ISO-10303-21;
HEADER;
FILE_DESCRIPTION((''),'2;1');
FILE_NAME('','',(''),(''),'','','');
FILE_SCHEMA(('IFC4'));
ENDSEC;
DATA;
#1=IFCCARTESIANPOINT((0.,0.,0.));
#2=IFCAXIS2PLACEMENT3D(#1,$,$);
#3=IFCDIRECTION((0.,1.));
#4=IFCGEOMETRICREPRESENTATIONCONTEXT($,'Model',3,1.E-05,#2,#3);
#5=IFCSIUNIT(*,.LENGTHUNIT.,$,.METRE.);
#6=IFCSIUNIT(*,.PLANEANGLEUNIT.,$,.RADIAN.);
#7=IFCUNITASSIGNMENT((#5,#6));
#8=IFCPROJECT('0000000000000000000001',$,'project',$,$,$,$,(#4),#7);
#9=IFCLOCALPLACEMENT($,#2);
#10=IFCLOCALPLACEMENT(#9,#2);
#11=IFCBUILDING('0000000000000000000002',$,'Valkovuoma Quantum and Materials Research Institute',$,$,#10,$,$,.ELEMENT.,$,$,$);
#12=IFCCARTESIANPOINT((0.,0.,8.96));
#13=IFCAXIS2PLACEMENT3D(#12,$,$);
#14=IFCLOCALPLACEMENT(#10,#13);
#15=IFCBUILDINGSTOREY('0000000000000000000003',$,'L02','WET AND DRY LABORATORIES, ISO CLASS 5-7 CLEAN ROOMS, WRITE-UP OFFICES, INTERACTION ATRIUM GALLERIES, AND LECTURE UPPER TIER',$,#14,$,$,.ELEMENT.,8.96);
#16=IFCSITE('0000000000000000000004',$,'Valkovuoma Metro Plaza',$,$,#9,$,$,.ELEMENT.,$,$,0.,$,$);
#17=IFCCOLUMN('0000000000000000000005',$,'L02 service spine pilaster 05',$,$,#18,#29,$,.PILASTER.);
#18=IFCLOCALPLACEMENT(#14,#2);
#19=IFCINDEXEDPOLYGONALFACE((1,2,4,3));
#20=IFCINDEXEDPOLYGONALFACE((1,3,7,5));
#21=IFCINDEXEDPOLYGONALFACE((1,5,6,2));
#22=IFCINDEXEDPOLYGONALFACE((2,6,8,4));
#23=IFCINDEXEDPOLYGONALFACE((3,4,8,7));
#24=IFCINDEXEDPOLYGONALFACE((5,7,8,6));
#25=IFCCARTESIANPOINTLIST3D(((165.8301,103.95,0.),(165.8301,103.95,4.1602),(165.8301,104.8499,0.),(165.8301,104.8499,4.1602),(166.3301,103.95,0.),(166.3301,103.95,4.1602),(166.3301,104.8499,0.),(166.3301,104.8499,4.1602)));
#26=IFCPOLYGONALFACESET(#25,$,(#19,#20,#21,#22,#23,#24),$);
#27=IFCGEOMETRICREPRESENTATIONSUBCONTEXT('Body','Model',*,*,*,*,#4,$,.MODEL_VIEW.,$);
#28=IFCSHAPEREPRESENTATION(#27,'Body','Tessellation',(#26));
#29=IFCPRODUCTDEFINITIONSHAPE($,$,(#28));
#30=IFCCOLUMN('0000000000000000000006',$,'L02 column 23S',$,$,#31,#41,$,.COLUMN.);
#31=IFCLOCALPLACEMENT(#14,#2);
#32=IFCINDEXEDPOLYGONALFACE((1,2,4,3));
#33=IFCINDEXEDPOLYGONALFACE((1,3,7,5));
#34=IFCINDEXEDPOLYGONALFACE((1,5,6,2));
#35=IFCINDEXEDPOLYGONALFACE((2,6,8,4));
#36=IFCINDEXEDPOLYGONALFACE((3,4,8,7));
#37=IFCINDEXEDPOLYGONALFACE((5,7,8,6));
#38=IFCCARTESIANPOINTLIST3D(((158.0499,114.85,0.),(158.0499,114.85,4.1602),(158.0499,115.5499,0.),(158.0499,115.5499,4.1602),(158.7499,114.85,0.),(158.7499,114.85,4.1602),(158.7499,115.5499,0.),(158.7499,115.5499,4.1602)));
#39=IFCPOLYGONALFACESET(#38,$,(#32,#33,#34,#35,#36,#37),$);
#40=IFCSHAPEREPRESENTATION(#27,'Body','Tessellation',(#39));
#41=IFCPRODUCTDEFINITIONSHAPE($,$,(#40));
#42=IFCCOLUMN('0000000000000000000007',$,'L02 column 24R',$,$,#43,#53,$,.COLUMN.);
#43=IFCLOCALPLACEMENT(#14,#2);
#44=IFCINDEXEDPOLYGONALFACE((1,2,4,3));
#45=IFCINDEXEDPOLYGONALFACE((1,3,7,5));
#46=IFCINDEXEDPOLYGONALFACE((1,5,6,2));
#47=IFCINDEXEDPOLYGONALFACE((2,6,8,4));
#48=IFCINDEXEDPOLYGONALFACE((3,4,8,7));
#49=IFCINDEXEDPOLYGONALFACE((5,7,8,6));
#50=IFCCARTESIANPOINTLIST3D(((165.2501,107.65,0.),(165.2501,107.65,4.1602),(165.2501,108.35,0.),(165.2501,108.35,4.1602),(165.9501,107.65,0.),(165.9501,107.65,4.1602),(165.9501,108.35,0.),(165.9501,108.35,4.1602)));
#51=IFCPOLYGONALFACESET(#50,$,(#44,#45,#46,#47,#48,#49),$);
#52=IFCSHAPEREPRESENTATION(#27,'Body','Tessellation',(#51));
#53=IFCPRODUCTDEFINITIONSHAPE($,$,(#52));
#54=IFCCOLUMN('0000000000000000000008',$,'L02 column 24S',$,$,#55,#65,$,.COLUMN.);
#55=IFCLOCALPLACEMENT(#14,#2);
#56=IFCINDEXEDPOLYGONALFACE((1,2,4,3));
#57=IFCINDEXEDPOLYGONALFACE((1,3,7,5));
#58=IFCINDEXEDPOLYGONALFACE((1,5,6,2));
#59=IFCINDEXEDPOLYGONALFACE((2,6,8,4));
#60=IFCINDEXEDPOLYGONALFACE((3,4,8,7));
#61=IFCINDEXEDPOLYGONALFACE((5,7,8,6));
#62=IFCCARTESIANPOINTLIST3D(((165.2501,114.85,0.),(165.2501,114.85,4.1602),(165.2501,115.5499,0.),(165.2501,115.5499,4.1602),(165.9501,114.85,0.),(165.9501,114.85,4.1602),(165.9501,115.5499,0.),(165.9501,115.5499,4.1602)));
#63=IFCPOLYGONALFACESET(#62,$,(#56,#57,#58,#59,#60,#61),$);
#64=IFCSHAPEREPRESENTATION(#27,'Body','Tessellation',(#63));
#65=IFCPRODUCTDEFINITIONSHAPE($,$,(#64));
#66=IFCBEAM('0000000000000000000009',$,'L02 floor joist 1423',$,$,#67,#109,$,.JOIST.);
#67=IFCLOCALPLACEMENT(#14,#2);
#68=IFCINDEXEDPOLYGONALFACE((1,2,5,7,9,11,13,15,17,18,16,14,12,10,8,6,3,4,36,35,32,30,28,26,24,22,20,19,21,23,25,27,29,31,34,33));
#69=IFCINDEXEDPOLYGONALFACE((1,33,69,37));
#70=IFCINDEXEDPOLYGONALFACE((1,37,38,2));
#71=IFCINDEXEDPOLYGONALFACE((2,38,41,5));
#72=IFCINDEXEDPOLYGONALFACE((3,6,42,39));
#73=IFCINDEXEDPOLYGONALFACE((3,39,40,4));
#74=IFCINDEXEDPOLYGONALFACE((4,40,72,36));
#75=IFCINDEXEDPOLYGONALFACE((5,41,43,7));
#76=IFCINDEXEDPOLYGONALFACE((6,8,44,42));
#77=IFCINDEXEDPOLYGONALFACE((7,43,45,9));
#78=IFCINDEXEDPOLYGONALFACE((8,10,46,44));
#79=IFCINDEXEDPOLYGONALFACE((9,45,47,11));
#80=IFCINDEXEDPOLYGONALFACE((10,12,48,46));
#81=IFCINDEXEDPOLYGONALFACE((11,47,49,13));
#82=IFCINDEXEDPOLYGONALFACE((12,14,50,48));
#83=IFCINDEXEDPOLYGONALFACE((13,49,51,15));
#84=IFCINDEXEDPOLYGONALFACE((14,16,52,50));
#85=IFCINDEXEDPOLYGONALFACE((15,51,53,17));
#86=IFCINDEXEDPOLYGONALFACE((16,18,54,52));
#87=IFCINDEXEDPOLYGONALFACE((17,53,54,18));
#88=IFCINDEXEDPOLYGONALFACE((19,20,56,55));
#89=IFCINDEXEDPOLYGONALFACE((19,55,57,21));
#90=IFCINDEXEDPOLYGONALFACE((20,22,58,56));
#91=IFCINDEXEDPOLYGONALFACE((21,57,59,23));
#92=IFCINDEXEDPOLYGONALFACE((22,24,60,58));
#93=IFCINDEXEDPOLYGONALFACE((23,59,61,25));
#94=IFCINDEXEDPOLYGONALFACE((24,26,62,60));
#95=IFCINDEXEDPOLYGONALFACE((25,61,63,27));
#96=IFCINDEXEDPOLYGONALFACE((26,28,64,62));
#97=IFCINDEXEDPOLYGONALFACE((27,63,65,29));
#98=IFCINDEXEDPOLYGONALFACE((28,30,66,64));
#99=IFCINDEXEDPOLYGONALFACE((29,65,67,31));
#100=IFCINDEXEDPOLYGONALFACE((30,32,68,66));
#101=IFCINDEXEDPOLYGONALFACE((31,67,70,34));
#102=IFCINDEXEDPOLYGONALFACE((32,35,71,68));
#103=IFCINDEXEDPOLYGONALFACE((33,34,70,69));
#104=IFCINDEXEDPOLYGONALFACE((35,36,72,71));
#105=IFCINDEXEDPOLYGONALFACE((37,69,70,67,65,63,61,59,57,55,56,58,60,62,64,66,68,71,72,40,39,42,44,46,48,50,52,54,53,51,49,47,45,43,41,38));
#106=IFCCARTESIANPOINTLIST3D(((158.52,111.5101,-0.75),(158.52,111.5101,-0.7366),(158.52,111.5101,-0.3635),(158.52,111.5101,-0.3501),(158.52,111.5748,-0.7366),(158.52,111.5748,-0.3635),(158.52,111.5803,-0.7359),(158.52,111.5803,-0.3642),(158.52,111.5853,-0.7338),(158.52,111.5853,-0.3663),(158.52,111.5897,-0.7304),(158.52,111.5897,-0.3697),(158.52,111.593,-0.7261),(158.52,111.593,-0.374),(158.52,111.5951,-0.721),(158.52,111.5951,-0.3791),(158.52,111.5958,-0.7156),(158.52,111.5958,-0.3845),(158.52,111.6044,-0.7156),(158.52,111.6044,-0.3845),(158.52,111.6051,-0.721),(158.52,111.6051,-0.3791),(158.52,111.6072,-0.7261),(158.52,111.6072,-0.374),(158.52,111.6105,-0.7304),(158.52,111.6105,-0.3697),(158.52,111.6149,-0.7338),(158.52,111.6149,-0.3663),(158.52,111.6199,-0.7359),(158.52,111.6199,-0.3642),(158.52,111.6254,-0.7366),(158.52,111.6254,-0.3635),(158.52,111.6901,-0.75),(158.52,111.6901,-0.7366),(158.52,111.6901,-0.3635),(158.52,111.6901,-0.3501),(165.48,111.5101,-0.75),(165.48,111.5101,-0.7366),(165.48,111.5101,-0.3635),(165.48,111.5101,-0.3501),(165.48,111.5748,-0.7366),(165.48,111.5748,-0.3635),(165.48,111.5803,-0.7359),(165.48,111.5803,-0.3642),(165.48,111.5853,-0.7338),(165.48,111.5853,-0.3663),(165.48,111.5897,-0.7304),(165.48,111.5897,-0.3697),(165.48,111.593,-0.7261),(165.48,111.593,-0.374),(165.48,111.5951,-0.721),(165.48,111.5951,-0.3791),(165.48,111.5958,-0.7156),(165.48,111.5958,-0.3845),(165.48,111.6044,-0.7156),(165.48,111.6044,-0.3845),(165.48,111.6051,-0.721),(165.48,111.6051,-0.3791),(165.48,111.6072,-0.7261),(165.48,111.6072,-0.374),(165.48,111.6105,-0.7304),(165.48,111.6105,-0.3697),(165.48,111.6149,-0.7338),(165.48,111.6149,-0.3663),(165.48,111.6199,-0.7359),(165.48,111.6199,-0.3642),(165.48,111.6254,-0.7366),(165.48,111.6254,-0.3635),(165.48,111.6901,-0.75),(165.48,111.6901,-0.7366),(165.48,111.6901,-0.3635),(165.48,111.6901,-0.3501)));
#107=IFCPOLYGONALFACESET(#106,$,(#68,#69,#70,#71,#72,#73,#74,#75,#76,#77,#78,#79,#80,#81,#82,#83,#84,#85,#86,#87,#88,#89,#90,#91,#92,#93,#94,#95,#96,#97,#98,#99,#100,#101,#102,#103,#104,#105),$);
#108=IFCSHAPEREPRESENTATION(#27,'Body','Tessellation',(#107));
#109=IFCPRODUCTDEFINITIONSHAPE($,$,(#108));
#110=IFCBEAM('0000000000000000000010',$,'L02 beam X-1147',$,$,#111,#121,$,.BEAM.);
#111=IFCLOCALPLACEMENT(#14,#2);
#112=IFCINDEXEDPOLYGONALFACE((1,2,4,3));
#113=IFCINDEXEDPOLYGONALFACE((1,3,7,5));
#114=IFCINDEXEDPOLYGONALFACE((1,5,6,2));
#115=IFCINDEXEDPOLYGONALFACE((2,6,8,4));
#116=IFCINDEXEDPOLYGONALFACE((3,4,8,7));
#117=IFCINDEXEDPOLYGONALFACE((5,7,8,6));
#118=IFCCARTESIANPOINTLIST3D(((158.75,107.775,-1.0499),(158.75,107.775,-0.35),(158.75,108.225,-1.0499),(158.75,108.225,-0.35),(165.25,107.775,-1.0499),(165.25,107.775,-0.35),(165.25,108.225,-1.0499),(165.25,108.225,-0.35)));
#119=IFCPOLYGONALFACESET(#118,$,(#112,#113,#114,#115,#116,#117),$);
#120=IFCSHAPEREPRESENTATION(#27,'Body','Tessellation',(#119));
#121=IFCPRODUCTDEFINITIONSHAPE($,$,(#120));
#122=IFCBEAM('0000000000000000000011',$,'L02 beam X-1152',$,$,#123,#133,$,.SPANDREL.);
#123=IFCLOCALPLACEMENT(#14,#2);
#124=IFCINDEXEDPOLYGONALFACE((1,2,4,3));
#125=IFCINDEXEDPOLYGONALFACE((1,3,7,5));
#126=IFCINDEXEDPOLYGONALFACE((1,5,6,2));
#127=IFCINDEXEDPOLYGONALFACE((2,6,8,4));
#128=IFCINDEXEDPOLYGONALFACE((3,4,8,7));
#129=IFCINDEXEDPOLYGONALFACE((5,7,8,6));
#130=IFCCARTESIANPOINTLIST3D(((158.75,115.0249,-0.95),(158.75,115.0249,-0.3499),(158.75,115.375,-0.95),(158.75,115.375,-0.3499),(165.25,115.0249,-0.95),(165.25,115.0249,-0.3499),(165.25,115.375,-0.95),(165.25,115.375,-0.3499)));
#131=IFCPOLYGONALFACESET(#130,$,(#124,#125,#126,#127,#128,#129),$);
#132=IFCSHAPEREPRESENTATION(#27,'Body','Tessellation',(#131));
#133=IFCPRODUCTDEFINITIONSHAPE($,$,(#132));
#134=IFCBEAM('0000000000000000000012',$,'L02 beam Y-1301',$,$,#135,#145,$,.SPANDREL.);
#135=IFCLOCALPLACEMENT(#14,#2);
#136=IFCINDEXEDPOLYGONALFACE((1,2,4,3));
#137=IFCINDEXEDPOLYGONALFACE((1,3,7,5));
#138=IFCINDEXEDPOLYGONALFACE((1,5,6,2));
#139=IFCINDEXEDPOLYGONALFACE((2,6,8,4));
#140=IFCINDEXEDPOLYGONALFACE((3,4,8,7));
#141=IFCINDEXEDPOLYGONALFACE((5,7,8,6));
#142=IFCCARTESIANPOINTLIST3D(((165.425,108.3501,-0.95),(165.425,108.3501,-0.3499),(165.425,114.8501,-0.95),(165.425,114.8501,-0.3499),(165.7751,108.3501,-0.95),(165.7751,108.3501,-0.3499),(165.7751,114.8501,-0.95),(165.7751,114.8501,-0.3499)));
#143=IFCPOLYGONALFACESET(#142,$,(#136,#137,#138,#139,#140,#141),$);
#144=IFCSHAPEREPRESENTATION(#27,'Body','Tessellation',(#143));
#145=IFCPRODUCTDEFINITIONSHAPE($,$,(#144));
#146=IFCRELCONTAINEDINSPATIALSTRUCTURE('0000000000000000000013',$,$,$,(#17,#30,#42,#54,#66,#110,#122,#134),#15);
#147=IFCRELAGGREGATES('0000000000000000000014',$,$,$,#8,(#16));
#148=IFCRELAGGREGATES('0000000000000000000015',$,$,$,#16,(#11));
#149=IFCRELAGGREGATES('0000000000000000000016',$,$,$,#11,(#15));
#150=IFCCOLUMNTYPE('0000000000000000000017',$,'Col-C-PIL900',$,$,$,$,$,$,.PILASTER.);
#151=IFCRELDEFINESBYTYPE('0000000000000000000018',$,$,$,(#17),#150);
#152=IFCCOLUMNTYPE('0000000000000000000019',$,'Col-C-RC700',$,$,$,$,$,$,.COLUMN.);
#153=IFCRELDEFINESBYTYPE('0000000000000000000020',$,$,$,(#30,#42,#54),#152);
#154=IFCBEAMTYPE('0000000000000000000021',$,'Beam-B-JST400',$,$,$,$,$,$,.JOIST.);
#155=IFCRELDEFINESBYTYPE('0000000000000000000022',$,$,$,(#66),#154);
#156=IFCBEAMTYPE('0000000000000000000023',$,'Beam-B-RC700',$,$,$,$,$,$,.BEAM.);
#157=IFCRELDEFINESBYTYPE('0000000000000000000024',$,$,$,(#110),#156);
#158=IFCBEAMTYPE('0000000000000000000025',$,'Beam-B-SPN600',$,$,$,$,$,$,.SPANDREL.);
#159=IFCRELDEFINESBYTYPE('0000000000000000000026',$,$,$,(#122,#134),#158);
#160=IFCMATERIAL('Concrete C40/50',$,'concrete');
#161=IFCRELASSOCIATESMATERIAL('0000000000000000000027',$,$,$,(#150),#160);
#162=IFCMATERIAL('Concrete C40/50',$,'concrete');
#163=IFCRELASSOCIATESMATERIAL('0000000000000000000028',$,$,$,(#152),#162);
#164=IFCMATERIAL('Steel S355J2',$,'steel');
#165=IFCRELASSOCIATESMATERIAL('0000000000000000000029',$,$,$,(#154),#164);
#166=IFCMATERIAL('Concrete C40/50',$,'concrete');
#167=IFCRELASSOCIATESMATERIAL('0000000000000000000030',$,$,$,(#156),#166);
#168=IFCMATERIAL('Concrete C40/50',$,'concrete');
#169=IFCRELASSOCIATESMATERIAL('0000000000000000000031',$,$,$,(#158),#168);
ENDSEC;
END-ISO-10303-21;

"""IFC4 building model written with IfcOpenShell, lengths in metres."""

from ifc_helpers import new_model, si_unit, direction, frame, origin, origin_2d, place, context, subcontext, project, spatial, rectangle, i_section, extrude, material, material_profile, profile_set, type_object, element, save


model = new_model("IFC4")

# Units and contexts
model_context = context("Model", 3, precision=1e-05, world=origin(), true_north=direction((0.0, 1.0)))
body_context = subcontext(model_context, "Body", "Model", "MODEL_VIEW")
ifc_project = project(units=[si_unit("LENGTHUNIT", "METRE"), si_unit("PLANEANGLEUNIT", "RADIAN")], contexts=[model_context])

# Site, building, storey
site_placement = place(None, origin())
site = spatial("IfcSite", under=ifc_project, at=site_placement, Name="Valkovuoma Metro Plaza", CompositionType="ELEMENT", RefElevation=0.0)
building_placement = place(site_placement, origin())
building = spatial("IfcBuilding", under=site, at=building_placement, Name="Valkovuoma Quantum and Materials Research Institute", CompositionType="ELEMENT")
storey_placement = place(building_placement, frame((0.0, 0.0, 8.96)))
storey = spatial("IfcBuildingStorey", under=building, at=storey_placement, Name="L02", Description="WET AND DRY LABORATORIES, ISO CLASS 5-7 CLEAN ROOMS, WRITE-UP OFFICES, INTERACTION ATRIUM GALLERIES, AND LECTURE UPPER TIER", CompositionType="ELEMENT", Elevation=8.96)

# Columns
ifc_material_1 = material(Name="Concrete C40/50", Category="concrete")
ifc_material_profile_1 = material_profile(ifc_material_1, rectangle(XDim=0.5, YDim=0.8999, at=origin_2d()), Name="Concrete C40/50")
ifc_profile_set_1 = profile_set([ifc_material_profile_1], Name="Concrete C40/50")
column_type_1 = type_object("IfcColumnType", Name="Col-C-PIL900", PredefinedType="PILASTER", material=ifc_profile_set_1)
column_placement = place(storey_placement, frame((166.0801, 104.3999, 0.0), z_axis=(0.0, 0.0, 1.0), x_axis=(1.0, 0.0, 0.0)))
element("IfcColumn", 1, at=column_placement, inside=storey, type_object=column_type_1, Name="L02 service spine pilaster 05", PredefinedType="PILASTER", context=body_context, shape_type="SweptSolid", body=[
    extrude(rectangle(XDim=0.5, YDim=0.8999, at=origin_2d()), origin(), (0.0, 0.0, 1.0), 4.1602),
])
ifc_material_2 = material(Name="Concrete C40/50", Category="concrete")
ifc_material_profile_2 = material_profile(ifc_material_2, rectangle(XDim=0.7, YDim=0.7, at=origin_2d()), Name="Concrete C40/50")
ifc_profile_set_2 = profile_set([ifc_material_profile_2], Name="Concrete C40/50")
column_type_2 = type_object("IfcColumnType", Name="Col-C-RC700", PredefinedType="COLUMN", material=ifc_profile_set_2)
for number, where, z_axis, x_axis, name in (
    (2, (158.3999, 115.2, 0.0), (0.0, 0.0, 1.0), (1.0, 0.0, 0.0), "L02 column 23S"),
    (3, (165.6001, 108.0, 0.0), (0.0, 0.0, 1.0), (1.0, 0.0, 0.0), "L02 column 24R"),
    (4, (165.6001, 115.2, 0.0), (0.0, 0.0, 1.0), (1.0, 0.0, 0.0), "L02 column 24S"),
):
    element("IfcColumn", number, at=place(storey_placement, frame(where, z_axis=z_axis, x_axis=x_axis)), inside=storey, type_object=column_type_2, Name=name, PredefinedType="COLUMN", context=body_context, shape_type="SweptSolid", body=[
        extrude(rectangle(XDim=0.7, YDim=0.7, at=origin_2d()), origin(), (0.0, 0.0, 1.0), 4.1602),
    ])

# Beams
ifc_material_3 = material(Name="Steel S355J2", Category="steel")
ifc_material_profile_3 = material_profile(ifc_material_3, i_section(OverallWidth=0.1799, OverallDepth=0.3999, WebThickness=0.0085, FlangeThickness=0.0134, FilletRadius=0.021, at=origin_2d()), Name="Steel S355J2")
ifc_profile_set_3 = profile_set([ifc_material_profile_3], Name="Steel S355J2")
beam_type_1 = type_object("IfcBeamType", Name="Beam-B-JST400", PredefinedType="JOIST", material=ifc_profile_set_3)
beam_1_placement = place(storey_placement, frame((158.52, 111.6001, -0.55), z_axis=(1.0, 0.0, 0.0), x_axis=(0.0, 1.0, 0.0)))
element("IfcBeam", 5, at=beam_1_placement, inside=storey, type_object=beam_type_1, Name="L02 floor joist 1423", PredefinedType="JOIST", context=body_context, shape_type="SweptSolid", body=[
    extrude(i_section(OverallWidth=0.1799, OverallDepth=0.3999, WebThickness=0.0085, FlangeThickness=0.0134, FilletRadius=0.021, at=origin_2d()), origin(), (0.0, 0.0, 1.0), 6.96),
])
ifc_material_4 = material(Name="Concrete C40/50", Category="concrete")
ifc_material_profile_4 = material_profile(ifc_material_4, rectangle(XDim=0.45, YDim=0.7, at=origin_2d()), Name="Concrete C40/50")
ifc_profile_set_4 = profile_set([ifc_material_profile_4], Name="Concrete C40/50")
beam_type_2 = type_object("IfcBeamType", Name="Beam-B-RC700", PredefinedType="BEAM", material=ifc_profile_set_4)
beam_2_placement = place(storey_placement, frame((158.75, 108.0, -0.7), z_axis=(1.0, 0.0, 0.0), x_axis=(0.0, 1.0, 0.0)))
element("IfcBeam", 6, at=beam_2_placement, inside=storey, type_object=beam_type_2, Name="L02 beam X-1147", PredefinedType="BEAM", context=body_context, shape_type="SweptSolid", body=[
    extrude(rectangle(XDim=0.45, YDim=0.7, at=origin_2d()), origin(), (0.0, 0.0, 1.0), 6.5),
])
ifc_material_5 = material(Name="Concrete C40/50", Category="concrete")
ifc_material_profile_5 = material_profile(ifc_material_5, rectangle(XDim=0.3501, YDim=0.6001, at=origin_2d()), Name="Concrete C40/50")
ifc_profile_set_5 = profile_set([ifc_material_profile_5], Name="Concrete C40/50")
beam_type_3 = type_object("IfcBeamType", Name="Beam-B-SPN600", PredefinedType="SPANDREL", material=ifc_profile_set_5)
for number, where, z_axis, x_axis, name in (
    (7, (158.75, 115.2, -0.6499), (1.0, 0.0, 0.0), (0.0, 1.0, 0.0), "L02 beam X-1152"),
    (8, (165.6001, 108.3501, -0.6499), (0.0, 1.0, 0.0), (-1.0, 0.0, 0.0), "L02 beam Y-1301"),
):
    element("IfcBeam", number, at=place(storey_placement, frame(where, z_axis=z_axis, x_axis=x_axis)), inside=storey, type_object=beam_type_3, Name=name, PredefinedType="SPANDREL", context=body_context, shape_type="SweptSolid", body=[
        extrude(rectangle(XDim=0.3501, YDim=0.6001, at=origin_2d()), origin(), (0.0, 0.0, 1.0), 6.5),
    ])

save(model, "model.ifc")
